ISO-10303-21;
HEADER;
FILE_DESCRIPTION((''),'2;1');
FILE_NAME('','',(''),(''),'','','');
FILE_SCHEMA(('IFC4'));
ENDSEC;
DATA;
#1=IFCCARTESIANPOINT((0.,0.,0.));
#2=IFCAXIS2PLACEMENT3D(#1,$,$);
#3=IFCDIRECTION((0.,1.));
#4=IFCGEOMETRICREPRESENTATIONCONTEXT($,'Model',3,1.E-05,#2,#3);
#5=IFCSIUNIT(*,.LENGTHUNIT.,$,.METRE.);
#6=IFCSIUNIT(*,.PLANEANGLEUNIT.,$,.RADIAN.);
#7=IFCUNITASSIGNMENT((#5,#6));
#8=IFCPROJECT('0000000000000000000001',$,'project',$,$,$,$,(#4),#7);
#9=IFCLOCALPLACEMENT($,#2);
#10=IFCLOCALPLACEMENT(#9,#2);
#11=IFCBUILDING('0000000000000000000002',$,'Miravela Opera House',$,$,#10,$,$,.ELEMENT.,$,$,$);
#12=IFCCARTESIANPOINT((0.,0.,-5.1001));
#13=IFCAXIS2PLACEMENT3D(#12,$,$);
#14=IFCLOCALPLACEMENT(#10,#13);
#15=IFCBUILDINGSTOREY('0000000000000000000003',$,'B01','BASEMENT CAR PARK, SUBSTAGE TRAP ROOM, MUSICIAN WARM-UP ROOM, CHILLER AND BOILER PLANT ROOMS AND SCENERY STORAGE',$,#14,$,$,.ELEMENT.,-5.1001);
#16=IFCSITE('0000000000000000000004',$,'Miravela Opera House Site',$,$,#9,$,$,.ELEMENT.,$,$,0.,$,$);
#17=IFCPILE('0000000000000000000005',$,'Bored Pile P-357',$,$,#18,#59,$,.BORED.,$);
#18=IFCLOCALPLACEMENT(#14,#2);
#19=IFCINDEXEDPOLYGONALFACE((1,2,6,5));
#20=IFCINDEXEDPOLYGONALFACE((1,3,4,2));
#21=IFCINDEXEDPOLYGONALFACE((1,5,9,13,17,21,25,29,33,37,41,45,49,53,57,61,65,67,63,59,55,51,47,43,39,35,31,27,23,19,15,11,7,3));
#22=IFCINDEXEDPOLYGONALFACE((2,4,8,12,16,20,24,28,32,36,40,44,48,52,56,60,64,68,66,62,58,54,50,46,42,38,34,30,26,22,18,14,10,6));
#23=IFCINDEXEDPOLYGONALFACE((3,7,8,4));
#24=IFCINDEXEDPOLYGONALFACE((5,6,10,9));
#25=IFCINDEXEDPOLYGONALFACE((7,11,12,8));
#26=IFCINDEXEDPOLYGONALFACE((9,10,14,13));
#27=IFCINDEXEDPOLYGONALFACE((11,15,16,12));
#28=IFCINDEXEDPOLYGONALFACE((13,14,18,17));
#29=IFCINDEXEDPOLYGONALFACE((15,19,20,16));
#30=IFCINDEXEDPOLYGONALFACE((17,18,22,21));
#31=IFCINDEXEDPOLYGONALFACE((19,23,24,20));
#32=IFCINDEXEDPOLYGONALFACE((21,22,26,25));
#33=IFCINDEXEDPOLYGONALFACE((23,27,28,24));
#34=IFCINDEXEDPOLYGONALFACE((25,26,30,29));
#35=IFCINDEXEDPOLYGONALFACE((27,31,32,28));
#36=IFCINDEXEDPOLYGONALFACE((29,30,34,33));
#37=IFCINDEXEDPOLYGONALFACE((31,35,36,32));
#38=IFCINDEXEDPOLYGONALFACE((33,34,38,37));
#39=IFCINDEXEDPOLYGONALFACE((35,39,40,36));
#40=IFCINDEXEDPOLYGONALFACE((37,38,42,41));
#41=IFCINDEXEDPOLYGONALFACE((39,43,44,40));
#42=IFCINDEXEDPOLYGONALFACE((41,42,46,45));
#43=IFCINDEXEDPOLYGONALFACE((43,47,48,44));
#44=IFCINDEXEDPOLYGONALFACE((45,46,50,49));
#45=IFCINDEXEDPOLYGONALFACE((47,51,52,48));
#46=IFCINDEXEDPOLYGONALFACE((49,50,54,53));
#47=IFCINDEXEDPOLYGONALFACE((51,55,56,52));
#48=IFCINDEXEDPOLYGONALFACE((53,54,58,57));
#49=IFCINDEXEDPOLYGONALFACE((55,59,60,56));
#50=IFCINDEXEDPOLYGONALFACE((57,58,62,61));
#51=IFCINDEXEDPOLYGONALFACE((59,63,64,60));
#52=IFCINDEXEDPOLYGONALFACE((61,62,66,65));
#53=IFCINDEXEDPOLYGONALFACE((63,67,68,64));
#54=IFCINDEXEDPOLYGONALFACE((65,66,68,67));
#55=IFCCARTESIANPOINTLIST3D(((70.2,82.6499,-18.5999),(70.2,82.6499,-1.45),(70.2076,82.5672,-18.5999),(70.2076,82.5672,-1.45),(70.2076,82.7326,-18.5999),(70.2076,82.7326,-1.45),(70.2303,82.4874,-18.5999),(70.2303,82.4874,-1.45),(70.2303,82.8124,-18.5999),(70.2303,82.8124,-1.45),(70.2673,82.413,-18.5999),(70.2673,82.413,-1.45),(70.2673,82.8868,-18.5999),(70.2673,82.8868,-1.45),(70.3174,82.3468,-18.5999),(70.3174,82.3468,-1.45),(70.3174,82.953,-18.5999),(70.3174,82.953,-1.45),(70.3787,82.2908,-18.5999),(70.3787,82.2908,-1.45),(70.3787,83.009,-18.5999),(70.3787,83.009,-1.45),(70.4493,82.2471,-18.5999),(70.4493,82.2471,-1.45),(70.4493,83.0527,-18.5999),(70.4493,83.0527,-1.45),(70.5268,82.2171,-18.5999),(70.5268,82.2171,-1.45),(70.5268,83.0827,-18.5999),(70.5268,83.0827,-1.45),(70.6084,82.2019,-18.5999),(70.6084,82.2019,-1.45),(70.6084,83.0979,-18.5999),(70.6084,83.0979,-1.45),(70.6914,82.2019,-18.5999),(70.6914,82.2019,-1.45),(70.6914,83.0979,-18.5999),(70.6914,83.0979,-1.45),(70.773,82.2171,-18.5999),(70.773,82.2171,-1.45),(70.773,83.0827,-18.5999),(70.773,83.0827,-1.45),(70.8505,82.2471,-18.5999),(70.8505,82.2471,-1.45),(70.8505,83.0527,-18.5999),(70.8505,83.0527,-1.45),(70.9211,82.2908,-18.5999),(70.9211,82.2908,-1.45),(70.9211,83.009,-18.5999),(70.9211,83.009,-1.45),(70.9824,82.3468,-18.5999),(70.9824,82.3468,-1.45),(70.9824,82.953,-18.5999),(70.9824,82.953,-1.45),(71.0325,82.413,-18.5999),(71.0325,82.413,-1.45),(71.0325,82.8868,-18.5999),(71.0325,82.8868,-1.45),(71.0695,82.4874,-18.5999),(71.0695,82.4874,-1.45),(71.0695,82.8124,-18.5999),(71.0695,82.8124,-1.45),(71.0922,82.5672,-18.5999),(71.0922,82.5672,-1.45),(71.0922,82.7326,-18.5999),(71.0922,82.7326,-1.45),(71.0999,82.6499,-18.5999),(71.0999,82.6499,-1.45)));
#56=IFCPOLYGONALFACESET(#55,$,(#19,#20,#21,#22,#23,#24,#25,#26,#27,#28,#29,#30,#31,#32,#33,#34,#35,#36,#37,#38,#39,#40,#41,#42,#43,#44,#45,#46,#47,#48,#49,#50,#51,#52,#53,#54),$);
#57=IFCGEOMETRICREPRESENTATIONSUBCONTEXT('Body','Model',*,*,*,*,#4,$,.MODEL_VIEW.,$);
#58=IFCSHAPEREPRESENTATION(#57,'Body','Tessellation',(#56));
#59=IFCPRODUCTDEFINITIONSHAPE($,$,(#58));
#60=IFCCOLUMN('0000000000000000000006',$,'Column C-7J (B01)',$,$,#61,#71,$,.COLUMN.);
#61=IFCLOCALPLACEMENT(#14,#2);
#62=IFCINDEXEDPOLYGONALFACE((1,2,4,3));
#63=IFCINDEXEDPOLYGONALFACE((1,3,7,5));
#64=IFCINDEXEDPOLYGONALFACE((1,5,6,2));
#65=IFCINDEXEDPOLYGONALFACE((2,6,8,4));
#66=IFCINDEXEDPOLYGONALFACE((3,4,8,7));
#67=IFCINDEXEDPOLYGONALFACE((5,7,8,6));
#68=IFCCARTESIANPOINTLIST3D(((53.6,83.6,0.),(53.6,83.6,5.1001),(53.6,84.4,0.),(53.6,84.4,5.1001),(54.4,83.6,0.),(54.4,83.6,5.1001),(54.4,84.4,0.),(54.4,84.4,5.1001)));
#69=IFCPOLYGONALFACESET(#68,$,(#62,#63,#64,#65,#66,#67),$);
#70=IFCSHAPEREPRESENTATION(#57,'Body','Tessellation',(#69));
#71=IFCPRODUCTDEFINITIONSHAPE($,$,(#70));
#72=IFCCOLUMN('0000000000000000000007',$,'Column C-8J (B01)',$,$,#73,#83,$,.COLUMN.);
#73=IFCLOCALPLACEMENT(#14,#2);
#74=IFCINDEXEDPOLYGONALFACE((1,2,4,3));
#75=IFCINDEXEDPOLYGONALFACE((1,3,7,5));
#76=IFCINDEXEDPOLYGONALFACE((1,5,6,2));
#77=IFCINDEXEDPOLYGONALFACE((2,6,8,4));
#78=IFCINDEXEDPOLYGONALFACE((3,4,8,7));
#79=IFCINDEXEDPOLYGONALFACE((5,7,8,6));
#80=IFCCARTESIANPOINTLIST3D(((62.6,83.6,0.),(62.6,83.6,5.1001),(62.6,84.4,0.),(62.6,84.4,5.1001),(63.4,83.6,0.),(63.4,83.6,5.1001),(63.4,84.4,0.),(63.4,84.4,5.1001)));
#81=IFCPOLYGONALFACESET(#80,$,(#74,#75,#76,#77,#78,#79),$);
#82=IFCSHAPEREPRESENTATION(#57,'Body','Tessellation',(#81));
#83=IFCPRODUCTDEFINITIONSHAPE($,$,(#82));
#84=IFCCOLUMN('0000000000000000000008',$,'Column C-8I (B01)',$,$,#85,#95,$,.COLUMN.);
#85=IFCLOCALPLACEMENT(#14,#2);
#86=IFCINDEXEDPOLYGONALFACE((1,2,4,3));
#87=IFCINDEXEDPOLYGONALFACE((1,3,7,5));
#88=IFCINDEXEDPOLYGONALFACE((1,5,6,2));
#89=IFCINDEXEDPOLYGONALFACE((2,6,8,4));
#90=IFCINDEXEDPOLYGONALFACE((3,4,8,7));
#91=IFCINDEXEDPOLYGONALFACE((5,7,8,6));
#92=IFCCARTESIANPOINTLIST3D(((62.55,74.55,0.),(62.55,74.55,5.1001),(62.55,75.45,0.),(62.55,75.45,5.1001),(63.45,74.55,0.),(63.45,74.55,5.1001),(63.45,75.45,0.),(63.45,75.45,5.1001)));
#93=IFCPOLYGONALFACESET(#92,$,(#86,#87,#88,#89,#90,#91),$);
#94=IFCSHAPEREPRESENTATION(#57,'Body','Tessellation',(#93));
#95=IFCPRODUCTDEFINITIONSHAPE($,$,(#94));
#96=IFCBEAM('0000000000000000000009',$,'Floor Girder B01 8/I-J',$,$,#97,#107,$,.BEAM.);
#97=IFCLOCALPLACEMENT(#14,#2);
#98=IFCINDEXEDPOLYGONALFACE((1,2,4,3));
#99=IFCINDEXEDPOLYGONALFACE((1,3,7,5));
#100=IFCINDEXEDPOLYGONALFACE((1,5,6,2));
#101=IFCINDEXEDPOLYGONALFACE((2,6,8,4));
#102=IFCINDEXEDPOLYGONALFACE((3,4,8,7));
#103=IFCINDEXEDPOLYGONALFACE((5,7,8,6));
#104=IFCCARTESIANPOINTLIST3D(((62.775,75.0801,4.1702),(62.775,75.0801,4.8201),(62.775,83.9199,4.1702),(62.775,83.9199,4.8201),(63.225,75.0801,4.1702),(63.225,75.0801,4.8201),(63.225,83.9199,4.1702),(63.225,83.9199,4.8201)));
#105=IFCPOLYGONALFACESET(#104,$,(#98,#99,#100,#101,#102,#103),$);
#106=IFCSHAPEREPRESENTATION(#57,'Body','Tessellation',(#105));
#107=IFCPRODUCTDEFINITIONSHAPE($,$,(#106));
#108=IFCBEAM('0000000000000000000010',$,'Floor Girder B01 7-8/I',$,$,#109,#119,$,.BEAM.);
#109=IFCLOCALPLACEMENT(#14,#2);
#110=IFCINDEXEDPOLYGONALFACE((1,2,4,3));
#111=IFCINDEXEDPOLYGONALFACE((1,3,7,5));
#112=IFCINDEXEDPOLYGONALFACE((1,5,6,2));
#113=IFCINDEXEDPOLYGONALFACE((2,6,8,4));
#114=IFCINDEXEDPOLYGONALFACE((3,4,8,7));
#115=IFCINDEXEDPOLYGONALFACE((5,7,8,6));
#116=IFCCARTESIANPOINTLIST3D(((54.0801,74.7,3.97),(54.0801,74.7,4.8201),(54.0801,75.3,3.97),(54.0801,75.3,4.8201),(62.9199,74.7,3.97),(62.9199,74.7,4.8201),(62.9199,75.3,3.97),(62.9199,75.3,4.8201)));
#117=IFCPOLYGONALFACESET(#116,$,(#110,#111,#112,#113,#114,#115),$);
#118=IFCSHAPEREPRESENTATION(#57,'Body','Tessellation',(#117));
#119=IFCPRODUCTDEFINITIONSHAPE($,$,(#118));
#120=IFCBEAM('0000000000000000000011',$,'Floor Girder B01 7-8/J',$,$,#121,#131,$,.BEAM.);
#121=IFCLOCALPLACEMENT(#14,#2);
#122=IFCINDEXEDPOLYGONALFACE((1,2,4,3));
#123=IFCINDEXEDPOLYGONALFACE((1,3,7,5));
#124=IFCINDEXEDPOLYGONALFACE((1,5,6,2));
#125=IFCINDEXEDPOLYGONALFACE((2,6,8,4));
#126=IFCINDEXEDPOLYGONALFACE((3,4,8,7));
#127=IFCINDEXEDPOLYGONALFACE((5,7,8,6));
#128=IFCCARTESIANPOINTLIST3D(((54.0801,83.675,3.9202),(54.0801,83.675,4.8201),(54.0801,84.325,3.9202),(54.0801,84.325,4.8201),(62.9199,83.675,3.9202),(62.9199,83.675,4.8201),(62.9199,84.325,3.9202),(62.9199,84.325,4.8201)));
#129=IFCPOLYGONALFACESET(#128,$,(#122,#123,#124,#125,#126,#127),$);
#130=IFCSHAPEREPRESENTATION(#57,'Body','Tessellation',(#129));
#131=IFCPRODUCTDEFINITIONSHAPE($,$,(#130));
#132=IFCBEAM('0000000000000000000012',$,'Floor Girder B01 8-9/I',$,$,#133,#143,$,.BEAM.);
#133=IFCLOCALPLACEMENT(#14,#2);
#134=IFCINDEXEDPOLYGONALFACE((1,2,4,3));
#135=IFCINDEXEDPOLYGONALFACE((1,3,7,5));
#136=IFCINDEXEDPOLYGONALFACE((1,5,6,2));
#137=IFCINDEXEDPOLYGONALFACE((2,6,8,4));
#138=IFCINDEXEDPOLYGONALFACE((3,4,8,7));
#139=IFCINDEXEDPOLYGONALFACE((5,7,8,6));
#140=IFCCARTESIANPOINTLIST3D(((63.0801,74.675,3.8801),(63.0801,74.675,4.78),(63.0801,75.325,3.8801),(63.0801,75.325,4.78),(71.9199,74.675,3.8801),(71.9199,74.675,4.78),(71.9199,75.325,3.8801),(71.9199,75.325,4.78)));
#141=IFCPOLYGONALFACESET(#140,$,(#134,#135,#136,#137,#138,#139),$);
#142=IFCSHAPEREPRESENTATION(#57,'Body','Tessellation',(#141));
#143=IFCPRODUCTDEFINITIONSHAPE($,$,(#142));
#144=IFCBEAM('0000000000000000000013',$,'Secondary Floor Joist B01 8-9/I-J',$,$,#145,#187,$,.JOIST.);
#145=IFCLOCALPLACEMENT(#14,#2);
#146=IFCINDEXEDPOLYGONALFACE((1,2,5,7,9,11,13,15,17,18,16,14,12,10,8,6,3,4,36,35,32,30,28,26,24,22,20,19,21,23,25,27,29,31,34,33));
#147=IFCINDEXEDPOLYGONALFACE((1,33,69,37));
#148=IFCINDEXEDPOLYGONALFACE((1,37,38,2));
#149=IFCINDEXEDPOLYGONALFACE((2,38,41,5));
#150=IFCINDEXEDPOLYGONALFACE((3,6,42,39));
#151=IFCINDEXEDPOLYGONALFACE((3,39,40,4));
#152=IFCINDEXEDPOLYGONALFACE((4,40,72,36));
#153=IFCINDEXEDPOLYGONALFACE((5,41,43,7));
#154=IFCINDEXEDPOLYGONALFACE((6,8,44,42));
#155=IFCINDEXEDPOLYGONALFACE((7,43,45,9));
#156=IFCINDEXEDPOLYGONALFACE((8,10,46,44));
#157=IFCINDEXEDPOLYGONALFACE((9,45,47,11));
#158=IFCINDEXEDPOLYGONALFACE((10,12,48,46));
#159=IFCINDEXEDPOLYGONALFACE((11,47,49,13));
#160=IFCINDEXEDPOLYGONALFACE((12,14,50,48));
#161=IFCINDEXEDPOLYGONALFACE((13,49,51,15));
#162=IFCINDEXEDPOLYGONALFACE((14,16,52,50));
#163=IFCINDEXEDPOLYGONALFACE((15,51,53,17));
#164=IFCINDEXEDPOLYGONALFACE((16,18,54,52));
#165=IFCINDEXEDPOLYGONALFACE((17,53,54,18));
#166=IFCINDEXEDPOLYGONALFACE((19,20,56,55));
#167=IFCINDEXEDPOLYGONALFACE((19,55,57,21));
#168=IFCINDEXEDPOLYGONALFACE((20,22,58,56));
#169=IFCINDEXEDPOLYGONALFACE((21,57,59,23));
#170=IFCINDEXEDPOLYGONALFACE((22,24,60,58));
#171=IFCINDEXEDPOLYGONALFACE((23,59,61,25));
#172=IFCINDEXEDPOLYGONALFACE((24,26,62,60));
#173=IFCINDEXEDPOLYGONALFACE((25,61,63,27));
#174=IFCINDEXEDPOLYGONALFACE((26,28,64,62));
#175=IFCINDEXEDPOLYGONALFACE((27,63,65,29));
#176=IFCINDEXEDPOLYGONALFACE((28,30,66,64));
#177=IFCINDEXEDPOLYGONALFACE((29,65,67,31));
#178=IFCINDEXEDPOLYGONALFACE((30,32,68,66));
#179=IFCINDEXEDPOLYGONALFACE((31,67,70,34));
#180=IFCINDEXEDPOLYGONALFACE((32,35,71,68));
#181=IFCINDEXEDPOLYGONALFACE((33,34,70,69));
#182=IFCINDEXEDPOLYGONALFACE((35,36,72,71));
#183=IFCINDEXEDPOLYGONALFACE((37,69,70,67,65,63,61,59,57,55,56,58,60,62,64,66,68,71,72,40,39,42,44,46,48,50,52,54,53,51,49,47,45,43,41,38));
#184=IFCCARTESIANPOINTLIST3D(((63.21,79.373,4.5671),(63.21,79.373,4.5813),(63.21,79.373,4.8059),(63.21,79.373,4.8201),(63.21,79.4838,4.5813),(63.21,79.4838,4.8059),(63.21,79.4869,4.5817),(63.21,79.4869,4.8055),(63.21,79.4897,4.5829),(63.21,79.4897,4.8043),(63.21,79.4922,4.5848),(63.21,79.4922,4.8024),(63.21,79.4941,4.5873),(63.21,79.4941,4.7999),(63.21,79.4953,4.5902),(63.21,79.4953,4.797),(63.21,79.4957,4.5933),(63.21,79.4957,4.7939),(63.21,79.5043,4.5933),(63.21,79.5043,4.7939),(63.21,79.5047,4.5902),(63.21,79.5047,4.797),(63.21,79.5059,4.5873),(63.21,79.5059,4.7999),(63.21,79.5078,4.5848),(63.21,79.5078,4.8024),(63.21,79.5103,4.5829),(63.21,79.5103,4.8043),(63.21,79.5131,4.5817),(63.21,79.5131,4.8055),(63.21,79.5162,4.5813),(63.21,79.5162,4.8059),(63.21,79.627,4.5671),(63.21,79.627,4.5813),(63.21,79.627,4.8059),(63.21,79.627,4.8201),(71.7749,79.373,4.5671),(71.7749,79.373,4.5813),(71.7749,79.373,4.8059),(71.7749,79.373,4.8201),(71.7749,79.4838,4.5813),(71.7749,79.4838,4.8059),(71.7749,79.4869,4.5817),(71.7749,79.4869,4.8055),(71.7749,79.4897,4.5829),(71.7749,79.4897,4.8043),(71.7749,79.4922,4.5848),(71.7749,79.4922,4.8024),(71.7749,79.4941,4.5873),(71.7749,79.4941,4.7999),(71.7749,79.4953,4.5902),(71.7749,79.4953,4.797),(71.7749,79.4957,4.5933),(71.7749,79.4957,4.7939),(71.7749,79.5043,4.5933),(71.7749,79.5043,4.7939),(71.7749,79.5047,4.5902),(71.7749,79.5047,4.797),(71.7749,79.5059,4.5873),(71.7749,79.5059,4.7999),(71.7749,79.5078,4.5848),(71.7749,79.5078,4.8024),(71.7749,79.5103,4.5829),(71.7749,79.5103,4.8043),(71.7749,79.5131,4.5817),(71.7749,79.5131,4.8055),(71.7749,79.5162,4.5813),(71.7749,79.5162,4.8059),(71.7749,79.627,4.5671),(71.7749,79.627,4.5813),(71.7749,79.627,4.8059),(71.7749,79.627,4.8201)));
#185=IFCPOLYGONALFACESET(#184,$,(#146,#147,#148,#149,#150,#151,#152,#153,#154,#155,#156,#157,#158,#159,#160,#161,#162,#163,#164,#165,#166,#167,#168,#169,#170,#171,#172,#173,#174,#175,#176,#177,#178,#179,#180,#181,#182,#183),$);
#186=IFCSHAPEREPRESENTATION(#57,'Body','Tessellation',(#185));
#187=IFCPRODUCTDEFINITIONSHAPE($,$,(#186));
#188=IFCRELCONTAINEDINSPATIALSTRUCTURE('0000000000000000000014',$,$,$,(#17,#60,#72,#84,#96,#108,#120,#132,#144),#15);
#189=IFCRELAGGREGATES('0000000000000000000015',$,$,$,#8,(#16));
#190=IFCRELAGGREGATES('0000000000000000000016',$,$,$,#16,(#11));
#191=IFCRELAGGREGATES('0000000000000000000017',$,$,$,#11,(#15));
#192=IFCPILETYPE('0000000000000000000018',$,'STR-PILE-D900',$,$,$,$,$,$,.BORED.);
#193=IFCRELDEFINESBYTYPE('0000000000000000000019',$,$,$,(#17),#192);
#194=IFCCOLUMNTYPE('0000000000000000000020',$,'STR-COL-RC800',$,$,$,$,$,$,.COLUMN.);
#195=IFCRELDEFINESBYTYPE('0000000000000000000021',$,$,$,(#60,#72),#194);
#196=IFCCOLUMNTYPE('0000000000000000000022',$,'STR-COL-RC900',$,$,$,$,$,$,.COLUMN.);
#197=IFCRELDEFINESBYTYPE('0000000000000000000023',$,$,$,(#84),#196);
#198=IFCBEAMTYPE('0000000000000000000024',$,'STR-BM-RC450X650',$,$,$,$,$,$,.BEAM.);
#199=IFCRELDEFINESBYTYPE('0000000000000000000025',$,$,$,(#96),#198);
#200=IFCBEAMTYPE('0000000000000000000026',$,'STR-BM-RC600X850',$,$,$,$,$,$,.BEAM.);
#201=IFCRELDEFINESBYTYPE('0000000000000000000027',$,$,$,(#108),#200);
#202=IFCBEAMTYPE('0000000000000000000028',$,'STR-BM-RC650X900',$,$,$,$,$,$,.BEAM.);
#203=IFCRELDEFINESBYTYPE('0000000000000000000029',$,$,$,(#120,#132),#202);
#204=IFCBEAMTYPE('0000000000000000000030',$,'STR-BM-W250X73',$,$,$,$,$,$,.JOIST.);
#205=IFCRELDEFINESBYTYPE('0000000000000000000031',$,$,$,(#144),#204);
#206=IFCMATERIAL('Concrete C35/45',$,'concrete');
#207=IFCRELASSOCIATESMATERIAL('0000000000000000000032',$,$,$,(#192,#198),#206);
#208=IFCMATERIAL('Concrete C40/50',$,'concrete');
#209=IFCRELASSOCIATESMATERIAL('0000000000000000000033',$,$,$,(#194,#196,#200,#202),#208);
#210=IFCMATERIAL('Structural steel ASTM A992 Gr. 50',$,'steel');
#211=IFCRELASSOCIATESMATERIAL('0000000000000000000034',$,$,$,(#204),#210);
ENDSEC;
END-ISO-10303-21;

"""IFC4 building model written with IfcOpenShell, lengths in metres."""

from ifc_helpers import new_model, si_unit, direction, frame, origin, origin_2d, place, context, subcontext, project, spatial, rectangle, circle, i_section, extrude, material, material_profile, profile_set, type_object, element, save


model = new_model("IFC4")

# Units and contexts
model_context = context("Model", 3, precision=1e-05, world=origin(), true_north=direction((0.0, 1.0)))
body_context = subcontext(model_context, "Body", "Model", "MODEL_VIEW")
ifc_project = project(units=[si_unit("LENGTHUNIT", "METRE"), si_unit("PLANEANGLEUNIT", "RADIAN")], contexts=[model_context])

# Site, building, storey
site_placement = place(None, origin())
site = spatial("IfcSite", under=ifc_project, at=site_placement, Name="Miravela Opera House Site", CompositionType="ELEMENT", RefElevation=0.0)
building_placement = place(site_placement, origin())
building = spatial("IfcBuilding", under=site, at=building_placement, Name="Miravela Opera House", CompositionType="ELEMENT")
storey_placement = place(building_placement, frame((0.0, 0.0, -5.1001)))
storey = spatial("IfcBuildingStorey", under=building, at=storey_placement, Name="B01", Description="BASEMENT CAR PARK, SUBSTAGE TRAP ROOM, MUSICIAN WARM-UP ROOM, CHILLER AND BOILER PLANT ROOMS AND SCENERY STORAGE", CompositionType="ELEMENT", Elevation=-5.1001)

# Shared definitions
ifc_material_1 = material(Name="Concrete C35/45", Category="concrete")

# Pile
ifc_material_profile_1 = material_profile(ifc_material_1, circle(Radius=0.45, at=origin_2d()), Name="PILE-D900")
ifc_profile_set_1 = profile_set([ifc_material_profile_1])
pile_type_1 = type_object("IfcPileType", Name="STR-PILE-D900", PredefinedType="BORED", material=ifc_profile_set_1)
for number, where, z_axis, x_axis, name in (
    (1, (70.6499, 82.6499, -1.45), (0.0, 0.0, -1.0), (1.0, 0.0, 0.0), "Bored Pile P-357"),
):
    element("IfcPile", number, at=place(storey_placement, frame(where, z_axis=z_axis, x_axis=x_axis)), inside=storey, type_object=pile_type_1, Name=name, PredefinedType="BORED", context=body_context, shape_type="SweptSolid", body=[
        extrude(circle(Radius=0.45, at=origin_2d()), origin(), (0.0, 0.0, 1.0), 17.1499),
    ])

# Columns
ifc_material_2 = material(Name="Concrete C40/50", Category="concrete")
ifc_material_profile_2 = material_profile(ifc_material_2, rectangle(XDim=0.8, YDim=0.8, at=origin_2d()), Name="RC-COL-800X800")
ifc_profile_set_2 = profile_set([ifc_material_profile_2])
column_type_1 = type_object("IfcColumnType", Name="STR-COL-RC800", PredefinedType="COLUMN", material=ifc_profile_set_2)
for number, where, z_axis, x_axis, name in (
    (2, (54.0, 84.0, 0.0), (0.0, 0.0, 1.0), (1.0, 0.0, 0.0), "Column C-7J (B01)"),
    (3, (63.0, 84.0, 0.0), (0.0, 0.0, 1.0), (1.0, 0.0, 0.0), "Column C-8J (B01)"),
):
    element("IfcColumn", number, at=place(storey_placement, frame(where, z_axis=z_axis, x_axis=x_axis)), inside=storey, type_object=column_type_1, Name=name, PredefinedType="COLUMN", context=body_context, shape_type="SweptSolid", body=[
        extrude(rectangle(XDim=0.8, YDim=0.8, at=origin_2d()), origin(), (0.0, 0.0, 1.0), 5.1001),
    ])
ifc_material_profile_3 = material_profile(ifc_material_2, rectangle(XDim=0.8999, YDim=0.8999, at=origin_2d()), Name="RC-COL-900X900")
ifc_profile_set_3 = profile_set([ifc_material_profile_3])
column_type_2 = type_object("IfcColumnType", Name="STR-COL-RC900", PredefinedType="COLUMN", material=ifc_profile_set_3)
column_placement = place(storey_placement, frame((63.0, 75.0, 0.0), z_axis=(0.0, 0.0, 1.0), x_axis=(1.0, 0.0, 0.0)))
element("IfcColumn", 4, at=column_placement, inside=storey, type_object=column_type_2, Name="Column C-8I (B01)", PredefinedType="COLUMN", context=body_context, shape_type="SweptSolid", body=[
    extrude(rectangle(XDim=0.8999, YDim=0.8999, at=origin_2d()), origin(), (0.0, 0.0, 1.0), 5.1001),
])

# Beams
ifc_material_profile_4 = material_profile(ifc_material_1, rectangle(XDim=0.45, YDim=0.6499, at=origin_2d()), Name="RC-BM-450X650")
ifc_profile_set_4 = profile_set([ifc_material_profile_4])
beam_type_1 = type_object("IfcBeamType", Name="STR-BM-RC450X650", PredefinedType="BEAM", material=ifc_profile_set_4)
beam_1_placement = place(storey_placement, frame((63.0, 75.0801, 4.4951), z_axis=(0.0, 1.0, 0.0), x_axis=(-1.0, 0.0, 0.0)))
element("IfcBeam", 5, at=beam_1_placement, inside=storey, type_object=beam_type_1, Name="Floor Girder B01 8/I-J", PredefinedType="BEAM", context=body_context, shape_type="SweptSolid", body=[
    extrude(rectangle(XDim=0.45, YDim=0.6499, at=origin_2d()), origin(), (0.0, 0.0, 1.0), 8.8398),
])
ifc_material_profile_5 = material_profile(ifc_material_2, rectangle(XDim=0.6001, YDim=0.8501, at=origin_2d()), Name="RC-BM-600X850")
ifc_profile_set_5 = profile_set([ifc_material_profile_5])
beam_type_2 = type_object("IfcBeamType", Name="STR-BM-RC600X850", PredefinedType="BEAM", material=ifc_profile_set_5)
beam_2_placement = place(storey_placement, frame((54.0801, 75.0, 4.395), z_axis=(1.0, 0.0, 0.0), x_axis=(0.0, 1.0, 0.0)))
element("IfcBeam", 6, at=beam_2_placement, inside=storey, type_object=beam_type_2, Name="Floor Girder B01 7-8/I", PredefinedType="BEAM", context=body_context, shape_type="SweptSolid", body=[
    extrude(rectangle(XDim=0.6001, YDim=0.8501, at=origin_2d()), origin(), (0.0, 0.0, 1.0), 8.8398),
])
ifc_material_profile_6 = material_profile(ifc_material_2, rectangle(XDim=0.6499, YDim=0.8999, at=origin_2d()), Name="RC-BM-650X900")
ifc_profile_set_6 = profile_set([ifc_material_profile_6])
beam_type_3 = type_object("IfcBeamType", Name="STR-BM-RC650X900", PredefinedType="BEAM", material=ifc_profile_set_6)
for number, where, z_axis, x_axis, name in (
    (7, (54.0801, 84.0, 4.3701), (1.0, 0.0, 0.0), (0.0, 1.0, 0.0), "Floor Girder B01 7-8/J"),
    (8, (63.0801, 75.0, 4.3301), (1.0, 0.0, 0.0), (0.0, 1.0, 0.0), "Floor Girder B01 8-9/I"),
):
    element("IfcBeam", number, at=place(storey_placement, frame(where, z_axis=z_axis, x_axis=x_axis)), inside=storey, type_object=beam_type_3, Name=name, PredefinedType="BEAM", context=body_context, shape_type="SweptSolid", body=[
        extrude(rectangle(XDim=0.6499, YDim=0.8999, at=origin_2d()), origin(), (0.0, 0.0, 1.0), 8.8398),
    ])
ifc_material_3 = material(Name="Structural steel ASTM A992 Gr. 50", Category="steel")
ifc_material_profile_7 = material_profile(ifc_material_3, i_section(OverallWidth=0.2539, OverallDepth=0.2529, WebThickness=0.0085, FlangeThickness=0.0142, FilletRadius=0.012, at=origin_2d()), Name="W250X73")
ifc_profile_set_7 = profile_set([ifc_material_profile_7])
beam_type_4 = type_object("IfcBeamType", Name="STR-BM-W250X73", PredefinedType="JOIST", material=ifc_profile_set_7)
beam_3_placement = place(storey_placement, frame((63.21, 79.5, 4.6936), z_axis=(1.0, 0.0, 0.0), x_axis=(0.0, 1.0, 0.0)))
element("IfcBeam", 9, at=beam_3_placement, inside=storey, type_object=beam_type_4, Name="Secondary Floor Joist B01 8-9/I-J", PredefinedType="JOIST", context=body_context, shape_type="SweptSolid", body=[
    extrude(i_section(OverallWidth=0.2539, OverallDepth=0.2529, WebThickness=0.0085, FlangeThickness=0.0142, FilletRadius=0.012, at=origin_2d()), origin(), (0.0, 0.0, 1.0), 8.5649),
])

save(model, "model.ifc")
